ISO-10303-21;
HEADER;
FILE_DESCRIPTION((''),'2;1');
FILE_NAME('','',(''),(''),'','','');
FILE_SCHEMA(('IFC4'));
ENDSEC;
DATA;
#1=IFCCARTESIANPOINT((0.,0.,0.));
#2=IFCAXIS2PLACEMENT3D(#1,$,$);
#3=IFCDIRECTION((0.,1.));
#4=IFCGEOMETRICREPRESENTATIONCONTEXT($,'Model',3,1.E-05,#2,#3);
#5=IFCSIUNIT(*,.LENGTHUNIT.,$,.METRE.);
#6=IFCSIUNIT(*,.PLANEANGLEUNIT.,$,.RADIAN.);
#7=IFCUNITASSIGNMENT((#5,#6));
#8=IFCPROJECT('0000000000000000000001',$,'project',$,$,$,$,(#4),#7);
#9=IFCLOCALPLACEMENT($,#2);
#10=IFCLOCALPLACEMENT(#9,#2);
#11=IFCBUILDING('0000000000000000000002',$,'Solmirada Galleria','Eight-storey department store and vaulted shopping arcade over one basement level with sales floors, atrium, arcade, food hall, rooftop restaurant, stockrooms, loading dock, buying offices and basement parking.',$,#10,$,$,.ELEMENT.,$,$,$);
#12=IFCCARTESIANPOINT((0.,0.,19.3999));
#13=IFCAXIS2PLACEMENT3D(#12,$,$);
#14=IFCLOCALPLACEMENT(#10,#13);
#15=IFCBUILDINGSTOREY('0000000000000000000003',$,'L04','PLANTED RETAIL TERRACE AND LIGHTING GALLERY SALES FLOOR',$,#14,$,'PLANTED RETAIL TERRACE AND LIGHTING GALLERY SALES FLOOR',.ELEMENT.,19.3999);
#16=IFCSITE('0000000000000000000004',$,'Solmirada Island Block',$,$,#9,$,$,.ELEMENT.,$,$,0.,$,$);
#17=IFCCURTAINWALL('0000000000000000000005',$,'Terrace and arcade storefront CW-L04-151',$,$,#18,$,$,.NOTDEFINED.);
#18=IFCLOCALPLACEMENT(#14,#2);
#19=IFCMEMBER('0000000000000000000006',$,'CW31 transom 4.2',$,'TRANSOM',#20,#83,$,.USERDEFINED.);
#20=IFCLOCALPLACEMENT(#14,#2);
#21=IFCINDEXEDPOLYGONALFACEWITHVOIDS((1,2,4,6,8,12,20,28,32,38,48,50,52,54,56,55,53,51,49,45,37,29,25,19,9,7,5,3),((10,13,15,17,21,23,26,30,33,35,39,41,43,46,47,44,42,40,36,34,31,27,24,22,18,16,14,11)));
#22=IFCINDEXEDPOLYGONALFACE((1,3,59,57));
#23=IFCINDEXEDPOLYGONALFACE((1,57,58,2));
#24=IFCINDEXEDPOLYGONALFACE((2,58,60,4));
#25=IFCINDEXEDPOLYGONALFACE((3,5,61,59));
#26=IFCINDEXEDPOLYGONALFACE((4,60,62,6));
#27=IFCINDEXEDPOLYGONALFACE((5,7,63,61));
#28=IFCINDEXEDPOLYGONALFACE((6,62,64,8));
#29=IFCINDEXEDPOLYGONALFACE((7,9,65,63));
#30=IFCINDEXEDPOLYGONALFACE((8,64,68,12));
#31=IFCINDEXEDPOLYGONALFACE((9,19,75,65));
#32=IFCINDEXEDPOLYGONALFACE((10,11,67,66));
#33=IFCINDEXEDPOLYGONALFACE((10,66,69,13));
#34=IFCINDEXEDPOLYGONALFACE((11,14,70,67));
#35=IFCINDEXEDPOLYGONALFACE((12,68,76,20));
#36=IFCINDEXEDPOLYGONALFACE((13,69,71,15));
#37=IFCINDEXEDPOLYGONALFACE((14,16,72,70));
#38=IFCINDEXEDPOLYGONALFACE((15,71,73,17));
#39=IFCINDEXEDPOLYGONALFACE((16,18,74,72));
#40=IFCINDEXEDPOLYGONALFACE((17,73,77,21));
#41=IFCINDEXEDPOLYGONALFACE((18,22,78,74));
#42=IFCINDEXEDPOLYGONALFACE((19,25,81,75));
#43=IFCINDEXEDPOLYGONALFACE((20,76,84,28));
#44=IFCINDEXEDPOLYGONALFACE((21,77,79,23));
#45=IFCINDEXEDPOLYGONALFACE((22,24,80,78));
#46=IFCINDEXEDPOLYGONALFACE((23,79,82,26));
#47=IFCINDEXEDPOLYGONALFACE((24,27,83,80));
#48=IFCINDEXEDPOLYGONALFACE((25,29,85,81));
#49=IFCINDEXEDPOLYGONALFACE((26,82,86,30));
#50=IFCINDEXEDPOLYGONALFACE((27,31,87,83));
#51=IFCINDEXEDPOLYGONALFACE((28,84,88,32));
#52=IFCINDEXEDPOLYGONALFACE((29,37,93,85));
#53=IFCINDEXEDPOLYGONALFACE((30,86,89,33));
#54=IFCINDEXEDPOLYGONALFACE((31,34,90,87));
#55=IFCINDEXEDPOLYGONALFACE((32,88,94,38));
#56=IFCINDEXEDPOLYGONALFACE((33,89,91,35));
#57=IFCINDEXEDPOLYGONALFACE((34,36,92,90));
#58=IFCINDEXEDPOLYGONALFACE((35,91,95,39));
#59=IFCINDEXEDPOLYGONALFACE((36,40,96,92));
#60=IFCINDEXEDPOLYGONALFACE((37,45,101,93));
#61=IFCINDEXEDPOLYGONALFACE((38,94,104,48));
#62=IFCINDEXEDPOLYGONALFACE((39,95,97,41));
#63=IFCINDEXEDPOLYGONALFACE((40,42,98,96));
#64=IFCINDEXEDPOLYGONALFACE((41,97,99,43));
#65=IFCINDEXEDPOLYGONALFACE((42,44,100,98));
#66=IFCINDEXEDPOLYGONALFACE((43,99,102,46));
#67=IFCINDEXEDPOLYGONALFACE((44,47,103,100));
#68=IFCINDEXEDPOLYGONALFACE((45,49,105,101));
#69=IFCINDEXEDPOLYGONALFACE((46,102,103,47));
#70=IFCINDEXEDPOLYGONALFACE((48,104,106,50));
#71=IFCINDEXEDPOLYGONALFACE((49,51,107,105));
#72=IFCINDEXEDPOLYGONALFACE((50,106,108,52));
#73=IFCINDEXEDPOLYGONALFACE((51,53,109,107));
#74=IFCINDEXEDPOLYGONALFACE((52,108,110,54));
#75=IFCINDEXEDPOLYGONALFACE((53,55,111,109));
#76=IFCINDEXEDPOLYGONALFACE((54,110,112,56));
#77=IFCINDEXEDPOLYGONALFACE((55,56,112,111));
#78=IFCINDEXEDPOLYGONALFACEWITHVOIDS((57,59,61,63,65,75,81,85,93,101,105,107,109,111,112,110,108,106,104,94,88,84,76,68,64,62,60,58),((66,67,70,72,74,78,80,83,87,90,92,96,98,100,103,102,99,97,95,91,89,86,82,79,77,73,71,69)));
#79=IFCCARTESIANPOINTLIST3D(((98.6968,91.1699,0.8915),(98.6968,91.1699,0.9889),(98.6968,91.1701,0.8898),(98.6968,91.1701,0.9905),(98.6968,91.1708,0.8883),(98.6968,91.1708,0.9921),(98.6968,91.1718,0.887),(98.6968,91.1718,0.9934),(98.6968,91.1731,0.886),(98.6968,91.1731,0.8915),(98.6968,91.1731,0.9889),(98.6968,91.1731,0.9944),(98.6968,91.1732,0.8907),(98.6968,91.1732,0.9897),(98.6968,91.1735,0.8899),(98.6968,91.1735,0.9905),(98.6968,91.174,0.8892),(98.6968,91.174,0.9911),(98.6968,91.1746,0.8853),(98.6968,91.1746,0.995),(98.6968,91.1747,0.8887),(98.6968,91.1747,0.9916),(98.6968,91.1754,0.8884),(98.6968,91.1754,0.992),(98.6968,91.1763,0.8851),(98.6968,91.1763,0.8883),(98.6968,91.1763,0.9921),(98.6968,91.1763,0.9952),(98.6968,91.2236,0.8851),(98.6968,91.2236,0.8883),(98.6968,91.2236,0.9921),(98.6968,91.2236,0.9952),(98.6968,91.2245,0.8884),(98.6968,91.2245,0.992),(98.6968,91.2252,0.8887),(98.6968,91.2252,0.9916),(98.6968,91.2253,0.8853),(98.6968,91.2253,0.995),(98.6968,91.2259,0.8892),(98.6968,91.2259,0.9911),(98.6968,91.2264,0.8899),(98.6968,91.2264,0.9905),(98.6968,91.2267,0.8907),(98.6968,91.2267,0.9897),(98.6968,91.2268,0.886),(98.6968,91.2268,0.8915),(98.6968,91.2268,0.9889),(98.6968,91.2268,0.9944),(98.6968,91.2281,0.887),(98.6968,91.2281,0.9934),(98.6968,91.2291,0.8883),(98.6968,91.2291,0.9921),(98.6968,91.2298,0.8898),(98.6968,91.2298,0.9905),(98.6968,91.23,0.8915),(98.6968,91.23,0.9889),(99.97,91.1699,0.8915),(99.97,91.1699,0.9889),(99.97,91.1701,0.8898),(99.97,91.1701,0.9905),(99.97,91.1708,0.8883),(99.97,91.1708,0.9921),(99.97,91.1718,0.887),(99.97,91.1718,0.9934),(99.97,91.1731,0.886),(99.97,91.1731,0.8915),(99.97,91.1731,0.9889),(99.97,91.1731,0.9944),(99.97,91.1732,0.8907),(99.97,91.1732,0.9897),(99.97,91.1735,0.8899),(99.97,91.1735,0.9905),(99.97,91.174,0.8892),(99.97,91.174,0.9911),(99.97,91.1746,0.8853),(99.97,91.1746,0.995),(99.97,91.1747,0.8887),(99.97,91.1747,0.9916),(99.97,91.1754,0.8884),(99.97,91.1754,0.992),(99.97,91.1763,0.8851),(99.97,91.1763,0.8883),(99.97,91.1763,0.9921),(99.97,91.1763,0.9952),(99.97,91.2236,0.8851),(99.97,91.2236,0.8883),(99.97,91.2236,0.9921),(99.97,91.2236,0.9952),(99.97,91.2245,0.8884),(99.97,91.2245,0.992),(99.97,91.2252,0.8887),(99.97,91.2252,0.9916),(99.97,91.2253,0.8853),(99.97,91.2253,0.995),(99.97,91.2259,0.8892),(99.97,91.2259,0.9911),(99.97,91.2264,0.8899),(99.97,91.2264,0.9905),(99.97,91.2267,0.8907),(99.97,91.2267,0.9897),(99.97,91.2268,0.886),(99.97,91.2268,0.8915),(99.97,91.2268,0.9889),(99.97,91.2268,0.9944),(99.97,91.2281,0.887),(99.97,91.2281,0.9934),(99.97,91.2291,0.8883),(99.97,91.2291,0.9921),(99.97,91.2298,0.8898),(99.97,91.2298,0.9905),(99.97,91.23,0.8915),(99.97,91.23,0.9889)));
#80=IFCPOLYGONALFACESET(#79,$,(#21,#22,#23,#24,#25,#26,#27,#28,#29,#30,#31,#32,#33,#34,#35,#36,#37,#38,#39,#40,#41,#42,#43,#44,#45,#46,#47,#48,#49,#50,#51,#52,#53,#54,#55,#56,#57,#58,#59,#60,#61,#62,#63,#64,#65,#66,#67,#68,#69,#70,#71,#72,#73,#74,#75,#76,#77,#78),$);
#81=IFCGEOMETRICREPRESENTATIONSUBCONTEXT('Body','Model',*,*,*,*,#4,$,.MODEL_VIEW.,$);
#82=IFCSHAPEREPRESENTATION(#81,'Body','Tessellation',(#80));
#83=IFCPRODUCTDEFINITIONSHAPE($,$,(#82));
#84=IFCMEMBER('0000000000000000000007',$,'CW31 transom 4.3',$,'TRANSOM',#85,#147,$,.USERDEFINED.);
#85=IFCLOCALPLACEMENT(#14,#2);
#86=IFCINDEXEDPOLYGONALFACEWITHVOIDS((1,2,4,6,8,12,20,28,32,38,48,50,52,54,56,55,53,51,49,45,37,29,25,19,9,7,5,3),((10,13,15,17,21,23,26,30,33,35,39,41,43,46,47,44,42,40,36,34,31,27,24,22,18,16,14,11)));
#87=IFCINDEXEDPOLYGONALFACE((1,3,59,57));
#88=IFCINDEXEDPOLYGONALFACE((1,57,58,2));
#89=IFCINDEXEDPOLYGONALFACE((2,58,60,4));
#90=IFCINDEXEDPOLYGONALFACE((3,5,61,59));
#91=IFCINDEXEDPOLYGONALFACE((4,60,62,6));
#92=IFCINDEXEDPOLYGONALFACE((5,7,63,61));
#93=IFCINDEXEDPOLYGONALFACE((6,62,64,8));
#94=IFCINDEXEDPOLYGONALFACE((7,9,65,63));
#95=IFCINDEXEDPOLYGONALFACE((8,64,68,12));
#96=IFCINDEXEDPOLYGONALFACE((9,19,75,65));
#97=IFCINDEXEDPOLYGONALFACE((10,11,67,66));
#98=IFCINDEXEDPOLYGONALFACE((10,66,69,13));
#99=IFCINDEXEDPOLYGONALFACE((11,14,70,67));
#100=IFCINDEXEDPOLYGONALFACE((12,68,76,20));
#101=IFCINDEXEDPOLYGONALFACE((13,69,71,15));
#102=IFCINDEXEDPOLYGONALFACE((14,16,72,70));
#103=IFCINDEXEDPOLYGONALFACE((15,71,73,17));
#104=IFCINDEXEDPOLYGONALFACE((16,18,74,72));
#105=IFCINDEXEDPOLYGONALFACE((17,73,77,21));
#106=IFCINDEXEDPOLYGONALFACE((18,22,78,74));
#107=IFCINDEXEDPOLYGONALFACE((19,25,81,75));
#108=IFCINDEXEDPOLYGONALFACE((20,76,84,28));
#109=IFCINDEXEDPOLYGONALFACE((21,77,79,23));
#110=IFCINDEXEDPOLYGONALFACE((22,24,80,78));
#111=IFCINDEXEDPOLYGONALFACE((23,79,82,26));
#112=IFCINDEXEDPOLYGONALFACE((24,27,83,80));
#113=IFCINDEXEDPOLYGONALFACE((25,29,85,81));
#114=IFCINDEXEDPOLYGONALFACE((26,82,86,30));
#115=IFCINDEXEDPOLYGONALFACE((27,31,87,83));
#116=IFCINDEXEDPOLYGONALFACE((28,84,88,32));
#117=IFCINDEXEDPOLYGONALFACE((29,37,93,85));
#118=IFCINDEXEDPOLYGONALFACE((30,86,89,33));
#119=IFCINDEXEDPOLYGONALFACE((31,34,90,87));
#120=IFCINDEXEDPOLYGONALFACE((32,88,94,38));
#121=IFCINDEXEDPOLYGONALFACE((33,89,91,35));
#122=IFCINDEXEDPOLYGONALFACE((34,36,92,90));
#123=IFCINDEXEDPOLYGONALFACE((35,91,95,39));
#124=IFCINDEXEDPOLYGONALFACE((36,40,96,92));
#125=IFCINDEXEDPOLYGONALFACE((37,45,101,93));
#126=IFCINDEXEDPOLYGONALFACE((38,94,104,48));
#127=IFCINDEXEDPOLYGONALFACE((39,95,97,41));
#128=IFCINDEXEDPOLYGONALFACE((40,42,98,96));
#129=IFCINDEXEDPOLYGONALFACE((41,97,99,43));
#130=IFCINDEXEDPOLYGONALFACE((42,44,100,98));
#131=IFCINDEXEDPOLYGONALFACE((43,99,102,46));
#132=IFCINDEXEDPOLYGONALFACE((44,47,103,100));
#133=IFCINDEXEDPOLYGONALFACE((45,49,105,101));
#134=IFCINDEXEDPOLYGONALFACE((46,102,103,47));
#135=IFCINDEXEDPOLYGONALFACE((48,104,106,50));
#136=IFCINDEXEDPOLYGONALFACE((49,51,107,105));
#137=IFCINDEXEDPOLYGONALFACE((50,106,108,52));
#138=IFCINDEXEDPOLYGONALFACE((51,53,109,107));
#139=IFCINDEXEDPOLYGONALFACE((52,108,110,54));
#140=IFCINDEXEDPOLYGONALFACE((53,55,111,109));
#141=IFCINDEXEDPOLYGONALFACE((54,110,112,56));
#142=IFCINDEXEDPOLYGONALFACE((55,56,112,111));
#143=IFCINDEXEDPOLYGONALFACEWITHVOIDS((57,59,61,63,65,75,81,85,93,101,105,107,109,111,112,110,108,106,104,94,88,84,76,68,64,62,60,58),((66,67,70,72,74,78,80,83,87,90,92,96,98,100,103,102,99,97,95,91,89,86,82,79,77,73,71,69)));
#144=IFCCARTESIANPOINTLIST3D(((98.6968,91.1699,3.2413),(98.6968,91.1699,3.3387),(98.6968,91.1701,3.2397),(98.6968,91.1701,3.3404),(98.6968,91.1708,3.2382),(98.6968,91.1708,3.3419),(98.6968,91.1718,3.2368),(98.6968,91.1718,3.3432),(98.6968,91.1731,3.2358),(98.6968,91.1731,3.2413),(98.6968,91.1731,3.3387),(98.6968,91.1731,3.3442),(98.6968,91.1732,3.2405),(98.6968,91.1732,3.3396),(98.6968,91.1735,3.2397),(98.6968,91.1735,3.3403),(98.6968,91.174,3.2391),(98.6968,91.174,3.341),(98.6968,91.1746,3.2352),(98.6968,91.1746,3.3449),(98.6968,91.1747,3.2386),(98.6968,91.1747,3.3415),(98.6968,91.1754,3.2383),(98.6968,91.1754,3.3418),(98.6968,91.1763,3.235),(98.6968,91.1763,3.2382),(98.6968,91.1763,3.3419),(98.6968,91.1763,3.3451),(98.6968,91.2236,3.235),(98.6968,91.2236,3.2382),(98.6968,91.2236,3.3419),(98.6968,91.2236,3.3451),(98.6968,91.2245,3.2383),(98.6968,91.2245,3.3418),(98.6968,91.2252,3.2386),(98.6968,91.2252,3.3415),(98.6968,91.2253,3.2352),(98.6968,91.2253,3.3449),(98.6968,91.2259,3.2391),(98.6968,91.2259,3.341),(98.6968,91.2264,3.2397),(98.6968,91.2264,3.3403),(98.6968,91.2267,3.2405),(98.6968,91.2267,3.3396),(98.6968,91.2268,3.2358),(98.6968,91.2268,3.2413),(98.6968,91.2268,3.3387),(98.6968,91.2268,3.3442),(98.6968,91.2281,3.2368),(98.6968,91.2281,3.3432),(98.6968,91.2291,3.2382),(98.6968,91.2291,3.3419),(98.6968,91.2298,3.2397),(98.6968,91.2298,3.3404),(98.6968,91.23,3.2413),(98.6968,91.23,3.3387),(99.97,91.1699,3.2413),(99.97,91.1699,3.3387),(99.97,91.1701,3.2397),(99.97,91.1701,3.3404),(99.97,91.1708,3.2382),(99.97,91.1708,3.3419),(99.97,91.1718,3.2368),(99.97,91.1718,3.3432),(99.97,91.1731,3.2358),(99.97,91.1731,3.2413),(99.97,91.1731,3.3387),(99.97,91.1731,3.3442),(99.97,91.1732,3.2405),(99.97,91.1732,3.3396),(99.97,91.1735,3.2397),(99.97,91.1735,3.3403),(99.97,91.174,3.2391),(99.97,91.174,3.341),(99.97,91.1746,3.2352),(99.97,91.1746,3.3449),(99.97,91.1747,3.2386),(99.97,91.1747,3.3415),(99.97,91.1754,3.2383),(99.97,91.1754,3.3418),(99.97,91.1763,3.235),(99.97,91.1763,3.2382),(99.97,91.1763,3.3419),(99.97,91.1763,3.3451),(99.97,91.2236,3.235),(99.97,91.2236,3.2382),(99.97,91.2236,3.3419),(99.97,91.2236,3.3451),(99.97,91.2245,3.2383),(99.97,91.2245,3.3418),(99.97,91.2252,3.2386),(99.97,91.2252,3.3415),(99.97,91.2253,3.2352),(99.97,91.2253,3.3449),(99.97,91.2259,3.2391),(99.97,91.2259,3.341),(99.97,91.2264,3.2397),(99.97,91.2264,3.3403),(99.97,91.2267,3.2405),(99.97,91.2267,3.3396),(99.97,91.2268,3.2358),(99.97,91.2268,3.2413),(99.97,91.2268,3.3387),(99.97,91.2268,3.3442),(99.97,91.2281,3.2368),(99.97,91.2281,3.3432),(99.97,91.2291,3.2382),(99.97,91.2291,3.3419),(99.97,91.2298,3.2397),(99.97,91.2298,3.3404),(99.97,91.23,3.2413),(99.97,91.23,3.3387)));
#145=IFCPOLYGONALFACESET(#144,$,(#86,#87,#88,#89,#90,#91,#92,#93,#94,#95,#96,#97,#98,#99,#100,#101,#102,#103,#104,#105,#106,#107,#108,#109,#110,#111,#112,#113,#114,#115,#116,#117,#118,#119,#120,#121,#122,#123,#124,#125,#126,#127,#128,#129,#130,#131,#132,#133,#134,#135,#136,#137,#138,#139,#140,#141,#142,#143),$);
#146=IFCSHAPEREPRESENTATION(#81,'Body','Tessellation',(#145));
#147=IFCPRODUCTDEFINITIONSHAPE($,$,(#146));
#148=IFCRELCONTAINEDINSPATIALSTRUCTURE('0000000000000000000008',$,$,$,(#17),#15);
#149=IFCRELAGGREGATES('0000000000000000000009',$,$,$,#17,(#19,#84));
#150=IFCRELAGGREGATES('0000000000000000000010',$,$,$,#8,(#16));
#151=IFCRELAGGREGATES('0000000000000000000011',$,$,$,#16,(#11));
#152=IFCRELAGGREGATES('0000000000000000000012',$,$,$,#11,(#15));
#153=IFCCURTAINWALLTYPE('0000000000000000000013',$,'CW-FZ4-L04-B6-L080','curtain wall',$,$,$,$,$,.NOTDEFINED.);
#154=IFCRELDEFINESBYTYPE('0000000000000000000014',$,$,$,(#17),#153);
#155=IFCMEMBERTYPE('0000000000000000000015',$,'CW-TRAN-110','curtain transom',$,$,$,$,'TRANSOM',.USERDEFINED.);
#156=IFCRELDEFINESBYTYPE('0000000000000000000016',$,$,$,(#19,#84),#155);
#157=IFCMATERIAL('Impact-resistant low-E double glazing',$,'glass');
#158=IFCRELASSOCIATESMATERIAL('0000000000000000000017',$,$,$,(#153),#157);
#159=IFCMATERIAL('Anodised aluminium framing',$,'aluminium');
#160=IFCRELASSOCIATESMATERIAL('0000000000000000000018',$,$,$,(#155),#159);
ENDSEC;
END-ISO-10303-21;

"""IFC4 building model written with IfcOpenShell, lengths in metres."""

from ifc_helpers import new_model, si_unit, direction, frame, origin, origin_2d, place, context, subcontext, project, spatial, hollow_rectangle, extrude, material, material_profile, profile_set, type_object, element, aggregate, save


model = new_model("IFC4")

# Units and contexts
model_context = context("Model", 3, precision=1e-05, world=origin(), true_north=direction((0.0, 1.0)))
body_context = subcontext(model_context, "Body", "Model", "MODEL_VIEW")
ifc_project = project(units=[si_unit("LENGTHUNIT", "METRE"), si_unit("PLANEANGLEUNIT", "RADIAN")], contexts=[model_context])

# Site, building, storey
site_placement = place(None, origin())
site = spatial("IfcSite", under=ifc_project, at=site_placement, Name="Solmirada Island Block", CompositionType="ELEMENT", RefElevation=0.0)
building_placement = place(site_placement, origin())
building = spatial("IfcBuilding", under=site, at=building_placement, Name="Solmirada Galleria", Description="Eight-storey department store and vaulted shopping arcade over one basement level with sales floors, atrium, arcade, food hall, rooftop restaurant, stockrooms, loading dock, buying offices and basement parking.", CompositionType="ELEMENT")
storey_placement = place(building_placement, frame((0.0, 0.0, 19.3999)))
storey = spatial("IfcBuildingStorey", under=building, at=storey_placement, Name="L04", Description="PLANTED RETAIL TERRACE AND LIGHTING GALLERY SALES FLOOR", LongName="PLANTED RETAIL TERRACE AND LIGHTING GALLERY SALES FLOOR", CompositionType="ELEMENT", Elevation=19.3999)

# Curtain wall, members
ifc_material_1 = material(Name="Impact-resistant low-E double glazing", Category="glass")
curtain_wall_type = type_object("IfcCurtainWallType", Name="CW-FZ4-L04-B6-L080", Description="curtain wall", PredefinedType="NOTDEFINED", material=ifc_material_1)
curtain_wall_placement = place(storey_placement, origin())
curtain_wall = element("IfcCurtainWall", 1, at=curtain_wall_placement, inside=storey, type_object=curtain_wall_type, Name="Terrace and arcade storefront CW-L04-151", PredefinedType="NOTDEFINED")
ifc_material_2 = material(Name="Anodised aluminium framing", Category="aluminium")
ifc_material_profile_1 = material_profile(ifc_material_2, hollow_rectangle(XDim=0.0601, YDim=0.1101, WallThickness=0.0032, InnerFilletRadius=0.0032, OuterFilletRadius=0.0063, at=origin_2d()), Name="ALU-TRAN-110X60")
ifc_profile_set_1 = profile_set([ifc_material_profile_1], Name="Anodised aluminium framing")
member_type_1 = type_object("IfcMemberType", Name="CW-TRAN-110", Description="curtain transom", ElementType="TRANSOM", PredefinedType="USERDEFINED", material=ifc_profile_set_1)
member_1_placement = place(storey_placement, frame((99.97, 91.2, 0.9402), z_axis=(-1.0, 0.0, 0.0), x_axis=(0.0, -1.0, 0.0)))
member_1 = element("IfcMember", 2, at=member_1_placement, type_object=member_type_1, Name="CW31 transom 4.2", ObjectType="TRANSOM", PredefinedType="USERDEFINED", context=body_context, shape_type="SweptSolid", body=[
    extrude(hollow_rectangle(XDim=0.0601, YDim=0.1101, WallThickness=0.0032, InnerFilletRadius=0.0032, OuterFilletRadius=0.0063, at=origin_2d()), origin(), (0.0, 0.0, 1.0), 1.2732),
])
member_2_placement = place(storey_placement, frame((99.97, 91.2, 3.29), z_axis=(-1.0, 0.0, 0.0), x_axis=(0.0, -1.0, 0.0)))
member_2 = element("IfcMember", 3, at=member_2_placement, type_object=member_type_1, Name="CW31 transom 4.3", ObjectType="TRANSOM", PredefinedType="USERDEFINED", context=body_context, shape_type="SweptSolid", body=[
    extrude(hollow_rectangle(XDim=0.0601, YDim=0.1101, WallThickness=0.0032, InnerFilletRadius=0.0032, OuterFilletRadius=0.0063, at=origin_2d()), origin(), (0.0, 0.0, 1.0), 1.2732),
])
aggregate(curtain_wall, [member_1, member_2])

save(model, "model.ifc")
